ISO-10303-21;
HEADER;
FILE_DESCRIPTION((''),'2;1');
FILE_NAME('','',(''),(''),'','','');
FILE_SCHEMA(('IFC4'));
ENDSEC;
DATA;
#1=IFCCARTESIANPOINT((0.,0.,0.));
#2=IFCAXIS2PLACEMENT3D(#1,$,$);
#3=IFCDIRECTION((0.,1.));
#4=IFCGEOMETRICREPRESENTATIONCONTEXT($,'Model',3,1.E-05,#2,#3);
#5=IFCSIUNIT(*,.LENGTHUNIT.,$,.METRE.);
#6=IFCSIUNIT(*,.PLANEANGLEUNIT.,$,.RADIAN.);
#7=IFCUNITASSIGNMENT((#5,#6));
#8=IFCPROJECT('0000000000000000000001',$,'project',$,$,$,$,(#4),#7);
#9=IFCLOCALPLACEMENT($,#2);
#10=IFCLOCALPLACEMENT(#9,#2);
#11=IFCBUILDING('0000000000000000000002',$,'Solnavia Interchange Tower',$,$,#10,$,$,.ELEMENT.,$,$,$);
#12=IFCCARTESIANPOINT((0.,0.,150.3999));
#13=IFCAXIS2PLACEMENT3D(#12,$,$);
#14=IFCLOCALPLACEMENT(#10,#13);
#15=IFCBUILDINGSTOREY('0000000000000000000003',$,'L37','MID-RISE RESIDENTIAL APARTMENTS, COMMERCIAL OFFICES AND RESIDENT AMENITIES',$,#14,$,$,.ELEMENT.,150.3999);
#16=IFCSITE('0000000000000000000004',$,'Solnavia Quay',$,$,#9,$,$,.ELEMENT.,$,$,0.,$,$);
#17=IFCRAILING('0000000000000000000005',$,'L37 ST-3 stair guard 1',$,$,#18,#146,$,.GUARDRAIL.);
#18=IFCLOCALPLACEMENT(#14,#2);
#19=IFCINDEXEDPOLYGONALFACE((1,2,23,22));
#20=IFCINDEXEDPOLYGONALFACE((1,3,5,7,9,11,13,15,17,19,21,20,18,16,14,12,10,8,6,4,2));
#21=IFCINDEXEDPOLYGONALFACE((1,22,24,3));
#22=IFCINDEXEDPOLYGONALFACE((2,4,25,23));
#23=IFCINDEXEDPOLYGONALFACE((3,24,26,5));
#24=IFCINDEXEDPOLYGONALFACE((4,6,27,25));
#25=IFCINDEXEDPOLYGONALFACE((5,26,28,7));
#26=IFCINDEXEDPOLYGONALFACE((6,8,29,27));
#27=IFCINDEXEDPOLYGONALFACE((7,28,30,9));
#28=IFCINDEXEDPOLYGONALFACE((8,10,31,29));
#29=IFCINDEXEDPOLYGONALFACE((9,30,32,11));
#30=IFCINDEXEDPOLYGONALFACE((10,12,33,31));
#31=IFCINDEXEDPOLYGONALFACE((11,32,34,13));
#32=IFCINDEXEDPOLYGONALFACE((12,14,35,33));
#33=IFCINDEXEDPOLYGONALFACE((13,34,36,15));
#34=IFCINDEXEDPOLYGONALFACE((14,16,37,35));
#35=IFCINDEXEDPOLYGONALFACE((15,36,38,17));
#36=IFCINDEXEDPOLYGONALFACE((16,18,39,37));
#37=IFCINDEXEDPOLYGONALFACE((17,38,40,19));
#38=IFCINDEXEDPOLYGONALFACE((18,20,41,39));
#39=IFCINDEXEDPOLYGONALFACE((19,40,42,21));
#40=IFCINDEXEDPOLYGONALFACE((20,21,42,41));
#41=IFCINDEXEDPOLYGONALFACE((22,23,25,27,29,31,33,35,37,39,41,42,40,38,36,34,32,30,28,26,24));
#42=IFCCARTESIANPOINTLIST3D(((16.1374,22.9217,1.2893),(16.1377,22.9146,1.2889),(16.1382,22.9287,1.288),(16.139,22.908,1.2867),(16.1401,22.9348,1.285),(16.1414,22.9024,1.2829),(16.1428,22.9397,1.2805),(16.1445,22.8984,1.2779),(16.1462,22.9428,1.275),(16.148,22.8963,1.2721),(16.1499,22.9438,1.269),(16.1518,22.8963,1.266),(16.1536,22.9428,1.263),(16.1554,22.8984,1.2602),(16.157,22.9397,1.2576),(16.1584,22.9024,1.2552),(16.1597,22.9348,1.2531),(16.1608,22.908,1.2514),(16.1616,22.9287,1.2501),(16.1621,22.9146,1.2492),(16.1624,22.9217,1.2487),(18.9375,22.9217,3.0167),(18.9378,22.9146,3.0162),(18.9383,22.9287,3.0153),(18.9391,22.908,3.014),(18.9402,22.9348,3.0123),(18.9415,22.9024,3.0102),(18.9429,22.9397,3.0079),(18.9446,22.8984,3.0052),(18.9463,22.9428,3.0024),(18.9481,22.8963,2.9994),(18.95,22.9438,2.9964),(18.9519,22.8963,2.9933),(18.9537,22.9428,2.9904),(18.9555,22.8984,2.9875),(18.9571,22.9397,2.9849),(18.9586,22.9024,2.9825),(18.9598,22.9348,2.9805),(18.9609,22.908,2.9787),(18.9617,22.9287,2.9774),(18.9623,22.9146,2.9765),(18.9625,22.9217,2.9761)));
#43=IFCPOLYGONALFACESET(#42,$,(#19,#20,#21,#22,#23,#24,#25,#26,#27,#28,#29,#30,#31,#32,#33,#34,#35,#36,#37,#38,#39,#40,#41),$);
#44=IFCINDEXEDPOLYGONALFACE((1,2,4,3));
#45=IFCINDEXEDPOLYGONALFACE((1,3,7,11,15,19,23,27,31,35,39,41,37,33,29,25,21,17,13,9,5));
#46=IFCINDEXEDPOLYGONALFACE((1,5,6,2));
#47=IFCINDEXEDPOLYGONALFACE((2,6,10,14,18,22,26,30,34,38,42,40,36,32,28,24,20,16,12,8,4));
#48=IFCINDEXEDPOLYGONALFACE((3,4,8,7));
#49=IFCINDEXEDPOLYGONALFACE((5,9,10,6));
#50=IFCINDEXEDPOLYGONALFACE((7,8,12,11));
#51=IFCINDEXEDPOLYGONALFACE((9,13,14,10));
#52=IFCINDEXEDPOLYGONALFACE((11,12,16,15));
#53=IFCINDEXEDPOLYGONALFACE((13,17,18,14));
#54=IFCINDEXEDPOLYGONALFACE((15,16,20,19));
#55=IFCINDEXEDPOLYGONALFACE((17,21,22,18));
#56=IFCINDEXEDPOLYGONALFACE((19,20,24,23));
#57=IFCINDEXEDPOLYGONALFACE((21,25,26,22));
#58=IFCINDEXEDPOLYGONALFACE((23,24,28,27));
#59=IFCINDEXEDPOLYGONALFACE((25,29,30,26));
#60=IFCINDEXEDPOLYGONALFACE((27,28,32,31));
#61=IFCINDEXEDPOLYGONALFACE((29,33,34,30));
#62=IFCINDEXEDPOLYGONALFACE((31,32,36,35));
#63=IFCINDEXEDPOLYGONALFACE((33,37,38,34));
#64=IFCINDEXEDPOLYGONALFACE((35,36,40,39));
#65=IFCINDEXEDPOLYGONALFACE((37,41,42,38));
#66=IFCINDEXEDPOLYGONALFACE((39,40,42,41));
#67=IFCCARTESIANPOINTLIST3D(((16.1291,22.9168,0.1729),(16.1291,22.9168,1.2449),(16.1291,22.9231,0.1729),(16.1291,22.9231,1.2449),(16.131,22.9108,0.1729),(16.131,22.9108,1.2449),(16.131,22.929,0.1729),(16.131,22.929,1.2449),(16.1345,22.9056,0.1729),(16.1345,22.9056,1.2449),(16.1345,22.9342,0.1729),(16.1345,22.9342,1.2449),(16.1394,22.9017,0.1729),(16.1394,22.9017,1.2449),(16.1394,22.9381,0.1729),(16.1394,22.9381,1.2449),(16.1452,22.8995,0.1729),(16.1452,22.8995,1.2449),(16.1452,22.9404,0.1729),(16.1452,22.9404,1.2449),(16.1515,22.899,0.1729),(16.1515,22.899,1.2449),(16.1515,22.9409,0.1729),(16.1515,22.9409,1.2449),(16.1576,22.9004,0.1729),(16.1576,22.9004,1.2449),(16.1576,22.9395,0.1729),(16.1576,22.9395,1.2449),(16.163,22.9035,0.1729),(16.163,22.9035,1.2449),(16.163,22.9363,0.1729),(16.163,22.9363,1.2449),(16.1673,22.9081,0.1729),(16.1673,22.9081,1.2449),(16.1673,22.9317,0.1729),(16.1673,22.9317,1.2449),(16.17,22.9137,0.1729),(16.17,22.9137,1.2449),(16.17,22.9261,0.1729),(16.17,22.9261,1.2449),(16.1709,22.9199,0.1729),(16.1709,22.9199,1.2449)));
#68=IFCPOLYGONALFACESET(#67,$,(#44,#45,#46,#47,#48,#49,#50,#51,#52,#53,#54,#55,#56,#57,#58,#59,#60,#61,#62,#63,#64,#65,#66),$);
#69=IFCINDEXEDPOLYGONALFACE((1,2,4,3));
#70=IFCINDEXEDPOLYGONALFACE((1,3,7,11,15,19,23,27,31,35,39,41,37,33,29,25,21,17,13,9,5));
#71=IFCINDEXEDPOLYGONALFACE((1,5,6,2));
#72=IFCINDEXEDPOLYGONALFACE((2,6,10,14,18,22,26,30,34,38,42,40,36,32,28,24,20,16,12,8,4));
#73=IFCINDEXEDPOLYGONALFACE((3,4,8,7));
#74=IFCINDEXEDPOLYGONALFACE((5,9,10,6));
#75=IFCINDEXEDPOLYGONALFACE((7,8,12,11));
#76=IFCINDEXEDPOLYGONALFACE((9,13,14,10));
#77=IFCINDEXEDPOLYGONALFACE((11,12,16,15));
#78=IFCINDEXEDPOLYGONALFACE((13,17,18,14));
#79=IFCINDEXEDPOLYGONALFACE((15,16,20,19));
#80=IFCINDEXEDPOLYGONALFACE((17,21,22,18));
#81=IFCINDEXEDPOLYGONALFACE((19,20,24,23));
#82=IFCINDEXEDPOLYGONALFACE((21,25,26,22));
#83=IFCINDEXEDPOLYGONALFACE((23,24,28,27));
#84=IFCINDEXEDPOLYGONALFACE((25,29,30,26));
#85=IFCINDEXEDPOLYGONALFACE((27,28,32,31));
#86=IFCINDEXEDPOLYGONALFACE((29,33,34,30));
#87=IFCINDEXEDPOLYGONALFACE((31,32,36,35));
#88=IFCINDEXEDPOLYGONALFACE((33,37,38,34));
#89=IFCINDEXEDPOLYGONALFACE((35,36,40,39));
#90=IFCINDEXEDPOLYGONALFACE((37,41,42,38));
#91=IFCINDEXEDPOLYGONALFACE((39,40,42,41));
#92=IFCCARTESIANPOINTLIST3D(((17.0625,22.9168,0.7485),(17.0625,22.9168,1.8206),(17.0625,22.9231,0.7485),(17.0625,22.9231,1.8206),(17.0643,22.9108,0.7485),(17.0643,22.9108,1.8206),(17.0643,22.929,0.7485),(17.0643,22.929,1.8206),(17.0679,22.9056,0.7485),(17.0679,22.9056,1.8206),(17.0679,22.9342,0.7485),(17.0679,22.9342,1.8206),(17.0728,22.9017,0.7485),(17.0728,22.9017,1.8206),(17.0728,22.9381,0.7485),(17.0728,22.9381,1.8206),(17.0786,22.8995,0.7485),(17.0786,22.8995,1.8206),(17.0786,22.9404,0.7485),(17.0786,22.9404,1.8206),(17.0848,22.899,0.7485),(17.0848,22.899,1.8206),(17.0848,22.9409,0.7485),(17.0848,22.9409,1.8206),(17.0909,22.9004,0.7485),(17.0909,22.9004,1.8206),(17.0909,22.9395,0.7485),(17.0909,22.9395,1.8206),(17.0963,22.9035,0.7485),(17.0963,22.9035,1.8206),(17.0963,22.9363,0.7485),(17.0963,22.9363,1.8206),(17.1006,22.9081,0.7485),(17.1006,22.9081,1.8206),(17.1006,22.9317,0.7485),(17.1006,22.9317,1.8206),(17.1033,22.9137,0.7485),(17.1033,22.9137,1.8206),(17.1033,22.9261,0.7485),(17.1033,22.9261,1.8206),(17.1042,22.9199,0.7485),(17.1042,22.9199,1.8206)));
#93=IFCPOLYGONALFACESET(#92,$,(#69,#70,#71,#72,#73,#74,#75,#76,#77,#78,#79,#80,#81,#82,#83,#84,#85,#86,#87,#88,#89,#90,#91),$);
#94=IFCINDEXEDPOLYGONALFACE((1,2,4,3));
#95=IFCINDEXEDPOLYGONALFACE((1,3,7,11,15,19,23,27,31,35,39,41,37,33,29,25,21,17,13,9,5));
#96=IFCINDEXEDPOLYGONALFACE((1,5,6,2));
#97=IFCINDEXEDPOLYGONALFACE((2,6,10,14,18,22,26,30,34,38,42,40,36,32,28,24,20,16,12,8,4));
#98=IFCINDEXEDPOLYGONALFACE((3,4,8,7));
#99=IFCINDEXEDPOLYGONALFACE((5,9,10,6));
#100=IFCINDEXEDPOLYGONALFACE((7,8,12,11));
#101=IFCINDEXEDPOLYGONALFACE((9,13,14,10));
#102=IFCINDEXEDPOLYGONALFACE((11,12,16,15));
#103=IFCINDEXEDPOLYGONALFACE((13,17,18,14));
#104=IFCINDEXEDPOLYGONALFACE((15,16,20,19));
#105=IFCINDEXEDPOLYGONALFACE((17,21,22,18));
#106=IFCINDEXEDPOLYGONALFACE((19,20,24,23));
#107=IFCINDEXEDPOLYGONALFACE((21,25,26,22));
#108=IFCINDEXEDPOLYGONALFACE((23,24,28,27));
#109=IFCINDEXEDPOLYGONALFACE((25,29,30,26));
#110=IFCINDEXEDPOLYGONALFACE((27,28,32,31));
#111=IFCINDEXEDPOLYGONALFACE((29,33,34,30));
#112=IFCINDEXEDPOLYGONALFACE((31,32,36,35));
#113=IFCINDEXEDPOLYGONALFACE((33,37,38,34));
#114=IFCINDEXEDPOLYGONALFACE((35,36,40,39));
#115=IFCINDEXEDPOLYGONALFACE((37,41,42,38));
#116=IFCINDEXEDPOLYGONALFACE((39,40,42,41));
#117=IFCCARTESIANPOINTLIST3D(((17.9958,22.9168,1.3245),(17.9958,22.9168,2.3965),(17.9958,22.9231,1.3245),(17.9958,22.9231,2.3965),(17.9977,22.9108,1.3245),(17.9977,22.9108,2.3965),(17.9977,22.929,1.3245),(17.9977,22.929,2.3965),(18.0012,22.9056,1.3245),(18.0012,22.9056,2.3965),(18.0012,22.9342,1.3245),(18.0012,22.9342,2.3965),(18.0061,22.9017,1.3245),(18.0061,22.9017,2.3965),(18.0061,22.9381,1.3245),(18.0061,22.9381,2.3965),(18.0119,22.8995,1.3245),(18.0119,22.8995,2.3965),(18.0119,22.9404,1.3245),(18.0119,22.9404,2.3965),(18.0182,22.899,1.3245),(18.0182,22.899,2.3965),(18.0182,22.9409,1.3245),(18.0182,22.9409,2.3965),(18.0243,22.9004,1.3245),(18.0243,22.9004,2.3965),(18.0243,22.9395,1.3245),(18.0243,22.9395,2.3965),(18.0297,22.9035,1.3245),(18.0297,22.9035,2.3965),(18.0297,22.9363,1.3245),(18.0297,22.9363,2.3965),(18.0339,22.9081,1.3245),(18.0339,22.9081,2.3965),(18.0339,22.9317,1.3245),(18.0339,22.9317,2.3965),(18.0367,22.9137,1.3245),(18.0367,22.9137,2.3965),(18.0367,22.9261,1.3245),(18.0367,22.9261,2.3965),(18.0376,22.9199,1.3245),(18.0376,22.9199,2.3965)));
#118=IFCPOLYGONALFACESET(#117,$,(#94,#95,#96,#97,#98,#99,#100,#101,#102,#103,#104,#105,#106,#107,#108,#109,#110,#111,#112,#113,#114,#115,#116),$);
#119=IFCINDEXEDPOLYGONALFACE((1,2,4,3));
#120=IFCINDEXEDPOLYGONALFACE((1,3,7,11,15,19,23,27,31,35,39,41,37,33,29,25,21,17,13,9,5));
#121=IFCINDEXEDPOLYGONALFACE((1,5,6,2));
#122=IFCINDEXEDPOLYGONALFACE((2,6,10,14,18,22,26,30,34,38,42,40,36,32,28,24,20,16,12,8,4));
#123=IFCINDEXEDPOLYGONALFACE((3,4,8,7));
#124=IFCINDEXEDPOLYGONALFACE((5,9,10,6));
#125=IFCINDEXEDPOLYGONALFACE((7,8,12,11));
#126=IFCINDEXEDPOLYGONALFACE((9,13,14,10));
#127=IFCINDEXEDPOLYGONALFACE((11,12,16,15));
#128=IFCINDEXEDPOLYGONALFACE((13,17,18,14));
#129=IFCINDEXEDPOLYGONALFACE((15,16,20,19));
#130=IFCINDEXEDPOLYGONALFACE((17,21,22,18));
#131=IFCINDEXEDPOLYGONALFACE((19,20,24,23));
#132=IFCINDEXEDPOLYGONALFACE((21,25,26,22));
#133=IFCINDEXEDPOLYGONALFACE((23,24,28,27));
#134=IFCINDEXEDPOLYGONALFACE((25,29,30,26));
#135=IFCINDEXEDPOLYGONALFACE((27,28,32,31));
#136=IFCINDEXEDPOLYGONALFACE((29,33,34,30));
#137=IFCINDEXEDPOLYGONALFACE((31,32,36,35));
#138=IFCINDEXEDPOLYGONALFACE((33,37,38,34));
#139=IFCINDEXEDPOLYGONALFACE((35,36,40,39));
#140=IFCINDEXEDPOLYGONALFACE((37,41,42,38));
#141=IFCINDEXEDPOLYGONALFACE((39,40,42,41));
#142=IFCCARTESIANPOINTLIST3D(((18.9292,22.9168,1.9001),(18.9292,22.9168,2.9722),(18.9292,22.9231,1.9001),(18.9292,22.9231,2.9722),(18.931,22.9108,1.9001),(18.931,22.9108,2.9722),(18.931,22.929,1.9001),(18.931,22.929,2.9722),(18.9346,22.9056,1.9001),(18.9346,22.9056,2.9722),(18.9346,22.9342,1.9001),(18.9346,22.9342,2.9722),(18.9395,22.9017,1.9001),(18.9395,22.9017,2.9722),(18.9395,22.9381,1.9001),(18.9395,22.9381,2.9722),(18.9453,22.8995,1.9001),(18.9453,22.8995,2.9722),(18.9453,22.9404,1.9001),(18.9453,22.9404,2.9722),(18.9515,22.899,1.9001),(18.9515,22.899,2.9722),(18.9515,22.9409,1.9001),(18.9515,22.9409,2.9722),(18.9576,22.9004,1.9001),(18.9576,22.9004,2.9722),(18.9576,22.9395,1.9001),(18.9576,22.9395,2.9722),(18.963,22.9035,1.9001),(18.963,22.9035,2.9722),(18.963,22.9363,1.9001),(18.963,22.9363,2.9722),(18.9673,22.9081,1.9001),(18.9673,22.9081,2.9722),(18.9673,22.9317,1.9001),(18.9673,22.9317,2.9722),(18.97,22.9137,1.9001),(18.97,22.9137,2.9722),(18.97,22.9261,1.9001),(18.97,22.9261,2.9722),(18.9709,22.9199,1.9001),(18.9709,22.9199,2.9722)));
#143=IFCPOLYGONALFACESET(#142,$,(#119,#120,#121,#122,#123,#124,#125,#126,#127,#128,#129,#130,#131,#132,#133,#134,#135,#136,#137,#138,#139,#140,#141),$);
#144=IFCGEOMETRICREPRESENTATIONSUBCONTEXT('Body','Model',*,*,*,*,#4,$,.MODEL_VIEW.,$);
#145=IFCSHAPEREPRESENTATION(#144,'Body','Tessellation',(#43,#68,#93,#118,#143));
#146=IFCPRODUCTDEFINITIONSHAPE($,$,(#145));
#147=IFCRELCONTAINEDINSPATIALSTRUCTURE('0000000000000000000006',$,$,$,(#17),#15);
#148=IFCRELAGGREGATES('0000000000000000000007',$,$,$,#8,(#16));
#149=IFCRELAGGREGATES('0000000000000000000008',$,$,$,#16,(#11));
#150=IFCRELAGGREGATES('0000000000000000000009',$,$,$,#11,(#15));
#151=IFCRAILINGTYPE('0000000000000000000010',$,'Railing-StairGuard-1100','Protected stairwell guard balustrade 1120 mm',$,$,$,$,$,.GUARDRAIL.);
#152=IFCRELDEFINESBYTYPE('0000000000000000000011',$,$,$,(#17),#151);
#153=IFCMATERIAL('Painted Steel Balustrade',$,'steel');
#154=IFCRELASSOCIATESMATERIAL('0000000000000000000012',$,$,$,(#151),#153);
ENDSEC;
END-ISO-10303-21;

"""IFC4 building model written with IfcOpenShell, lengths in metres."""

from ifc_helpers import new_model, si_unit, direction, frame, origin, origin_2d, place, context, subcontext, project, spatial, circle, extrude, material, type_object, element, save


model = new_model("IFC4")

# Units and contexts
model_context = context("Model", 3, precision=1e-05, world=origin(), true_north=direction((0.0, 1.0)))
body_context = subcontext(model_context, "Body", "Model", "MODEL_VIEW")
ifc_project = project(units=[si_unit("LENGTHUNIT", "METRE"), si_unit("PLANEANGLEUNIT", "RADIAN")], contexts=[model_context])

# Site, building, storey
site_placement = place(None, origin())
site = spatial("IfcSite", under=ifc_project, at=site_placement, Name="Solnavia Quay", CompositionType="ELEMENT", RefElevation=0.0)
building_placement = place(site_placement, origin())
building = spatial("IfcBuilding", under=site, at=building_placement, Name="Solnavia Interchange Tower", CompositionType="ELEMENT")
storey_placement = place(building_placement, frame((0.0, 0.0, 150.3999)))
storey = spatial("IfcBuildingStorey", under=building, at=storey_placement, Name="L37", Description="MID-RISE RESIDENTIAL APARTMENTS, COMMERCIAL OFFICES AND RESIDENT AMENITIES", CompositionType="ELEMENT", Elevation=150.3999)

# Railing
ifc_material_1 = material(Name="Painted Steel Balustrade", Category="steel")
railing_type_1 = type_object("IfcRailingType", Name="Railing-StairGuard-1100", Description="Protected stairwell guard balustrade 1120 mm", PredefinedType="GUARDRAIL", material=ifc_material_1)
railing_1_placement = place(storey_placement, frame((16.1499, 22.9199, 0.1729)))
element("IfcRailing", 1, at=railing_1_placement, inside=storey, type_object=railing_type_1, Name="L37 ST-3 stair guard 1", PredefinedType="GUARDRAIL", context=body_context, shape_type="SweptSolid", body=[
    extrude(circle(Radius=0.0239, at=origin_2d()), frame((0.0, 0.0, 1.0962), z_axis=(0.85109, 0.0, 0.52502), x_axis=(0.0, 1.0, 0.0)), (0.0, 0.0, 1.0), 3.29),
    extrude(circle(Radius=0.021, at=origin_2d()), origin(), (0.0, 0.0, 1.0), 1.072),
    extrude(circle(Radius=0.021, at=origin_2d()), frame((0.9333, 0.0, 0.5757)), (0.0, 0.0, 1.0), 1.072),
    extrude(circle(Radius=0.021, at=origin_2d()), frame((1.8667, 0.0, 1.1516)), (0.0, 0.0, 1.0), 1.072),
    extrude(circle(Radius=0.021, at=origin_2d()), frame((2.8, 0.0, 1.7273)), (0.0, 0.0, 1.0), 1.072),
])

save(model, "model.ifc")
